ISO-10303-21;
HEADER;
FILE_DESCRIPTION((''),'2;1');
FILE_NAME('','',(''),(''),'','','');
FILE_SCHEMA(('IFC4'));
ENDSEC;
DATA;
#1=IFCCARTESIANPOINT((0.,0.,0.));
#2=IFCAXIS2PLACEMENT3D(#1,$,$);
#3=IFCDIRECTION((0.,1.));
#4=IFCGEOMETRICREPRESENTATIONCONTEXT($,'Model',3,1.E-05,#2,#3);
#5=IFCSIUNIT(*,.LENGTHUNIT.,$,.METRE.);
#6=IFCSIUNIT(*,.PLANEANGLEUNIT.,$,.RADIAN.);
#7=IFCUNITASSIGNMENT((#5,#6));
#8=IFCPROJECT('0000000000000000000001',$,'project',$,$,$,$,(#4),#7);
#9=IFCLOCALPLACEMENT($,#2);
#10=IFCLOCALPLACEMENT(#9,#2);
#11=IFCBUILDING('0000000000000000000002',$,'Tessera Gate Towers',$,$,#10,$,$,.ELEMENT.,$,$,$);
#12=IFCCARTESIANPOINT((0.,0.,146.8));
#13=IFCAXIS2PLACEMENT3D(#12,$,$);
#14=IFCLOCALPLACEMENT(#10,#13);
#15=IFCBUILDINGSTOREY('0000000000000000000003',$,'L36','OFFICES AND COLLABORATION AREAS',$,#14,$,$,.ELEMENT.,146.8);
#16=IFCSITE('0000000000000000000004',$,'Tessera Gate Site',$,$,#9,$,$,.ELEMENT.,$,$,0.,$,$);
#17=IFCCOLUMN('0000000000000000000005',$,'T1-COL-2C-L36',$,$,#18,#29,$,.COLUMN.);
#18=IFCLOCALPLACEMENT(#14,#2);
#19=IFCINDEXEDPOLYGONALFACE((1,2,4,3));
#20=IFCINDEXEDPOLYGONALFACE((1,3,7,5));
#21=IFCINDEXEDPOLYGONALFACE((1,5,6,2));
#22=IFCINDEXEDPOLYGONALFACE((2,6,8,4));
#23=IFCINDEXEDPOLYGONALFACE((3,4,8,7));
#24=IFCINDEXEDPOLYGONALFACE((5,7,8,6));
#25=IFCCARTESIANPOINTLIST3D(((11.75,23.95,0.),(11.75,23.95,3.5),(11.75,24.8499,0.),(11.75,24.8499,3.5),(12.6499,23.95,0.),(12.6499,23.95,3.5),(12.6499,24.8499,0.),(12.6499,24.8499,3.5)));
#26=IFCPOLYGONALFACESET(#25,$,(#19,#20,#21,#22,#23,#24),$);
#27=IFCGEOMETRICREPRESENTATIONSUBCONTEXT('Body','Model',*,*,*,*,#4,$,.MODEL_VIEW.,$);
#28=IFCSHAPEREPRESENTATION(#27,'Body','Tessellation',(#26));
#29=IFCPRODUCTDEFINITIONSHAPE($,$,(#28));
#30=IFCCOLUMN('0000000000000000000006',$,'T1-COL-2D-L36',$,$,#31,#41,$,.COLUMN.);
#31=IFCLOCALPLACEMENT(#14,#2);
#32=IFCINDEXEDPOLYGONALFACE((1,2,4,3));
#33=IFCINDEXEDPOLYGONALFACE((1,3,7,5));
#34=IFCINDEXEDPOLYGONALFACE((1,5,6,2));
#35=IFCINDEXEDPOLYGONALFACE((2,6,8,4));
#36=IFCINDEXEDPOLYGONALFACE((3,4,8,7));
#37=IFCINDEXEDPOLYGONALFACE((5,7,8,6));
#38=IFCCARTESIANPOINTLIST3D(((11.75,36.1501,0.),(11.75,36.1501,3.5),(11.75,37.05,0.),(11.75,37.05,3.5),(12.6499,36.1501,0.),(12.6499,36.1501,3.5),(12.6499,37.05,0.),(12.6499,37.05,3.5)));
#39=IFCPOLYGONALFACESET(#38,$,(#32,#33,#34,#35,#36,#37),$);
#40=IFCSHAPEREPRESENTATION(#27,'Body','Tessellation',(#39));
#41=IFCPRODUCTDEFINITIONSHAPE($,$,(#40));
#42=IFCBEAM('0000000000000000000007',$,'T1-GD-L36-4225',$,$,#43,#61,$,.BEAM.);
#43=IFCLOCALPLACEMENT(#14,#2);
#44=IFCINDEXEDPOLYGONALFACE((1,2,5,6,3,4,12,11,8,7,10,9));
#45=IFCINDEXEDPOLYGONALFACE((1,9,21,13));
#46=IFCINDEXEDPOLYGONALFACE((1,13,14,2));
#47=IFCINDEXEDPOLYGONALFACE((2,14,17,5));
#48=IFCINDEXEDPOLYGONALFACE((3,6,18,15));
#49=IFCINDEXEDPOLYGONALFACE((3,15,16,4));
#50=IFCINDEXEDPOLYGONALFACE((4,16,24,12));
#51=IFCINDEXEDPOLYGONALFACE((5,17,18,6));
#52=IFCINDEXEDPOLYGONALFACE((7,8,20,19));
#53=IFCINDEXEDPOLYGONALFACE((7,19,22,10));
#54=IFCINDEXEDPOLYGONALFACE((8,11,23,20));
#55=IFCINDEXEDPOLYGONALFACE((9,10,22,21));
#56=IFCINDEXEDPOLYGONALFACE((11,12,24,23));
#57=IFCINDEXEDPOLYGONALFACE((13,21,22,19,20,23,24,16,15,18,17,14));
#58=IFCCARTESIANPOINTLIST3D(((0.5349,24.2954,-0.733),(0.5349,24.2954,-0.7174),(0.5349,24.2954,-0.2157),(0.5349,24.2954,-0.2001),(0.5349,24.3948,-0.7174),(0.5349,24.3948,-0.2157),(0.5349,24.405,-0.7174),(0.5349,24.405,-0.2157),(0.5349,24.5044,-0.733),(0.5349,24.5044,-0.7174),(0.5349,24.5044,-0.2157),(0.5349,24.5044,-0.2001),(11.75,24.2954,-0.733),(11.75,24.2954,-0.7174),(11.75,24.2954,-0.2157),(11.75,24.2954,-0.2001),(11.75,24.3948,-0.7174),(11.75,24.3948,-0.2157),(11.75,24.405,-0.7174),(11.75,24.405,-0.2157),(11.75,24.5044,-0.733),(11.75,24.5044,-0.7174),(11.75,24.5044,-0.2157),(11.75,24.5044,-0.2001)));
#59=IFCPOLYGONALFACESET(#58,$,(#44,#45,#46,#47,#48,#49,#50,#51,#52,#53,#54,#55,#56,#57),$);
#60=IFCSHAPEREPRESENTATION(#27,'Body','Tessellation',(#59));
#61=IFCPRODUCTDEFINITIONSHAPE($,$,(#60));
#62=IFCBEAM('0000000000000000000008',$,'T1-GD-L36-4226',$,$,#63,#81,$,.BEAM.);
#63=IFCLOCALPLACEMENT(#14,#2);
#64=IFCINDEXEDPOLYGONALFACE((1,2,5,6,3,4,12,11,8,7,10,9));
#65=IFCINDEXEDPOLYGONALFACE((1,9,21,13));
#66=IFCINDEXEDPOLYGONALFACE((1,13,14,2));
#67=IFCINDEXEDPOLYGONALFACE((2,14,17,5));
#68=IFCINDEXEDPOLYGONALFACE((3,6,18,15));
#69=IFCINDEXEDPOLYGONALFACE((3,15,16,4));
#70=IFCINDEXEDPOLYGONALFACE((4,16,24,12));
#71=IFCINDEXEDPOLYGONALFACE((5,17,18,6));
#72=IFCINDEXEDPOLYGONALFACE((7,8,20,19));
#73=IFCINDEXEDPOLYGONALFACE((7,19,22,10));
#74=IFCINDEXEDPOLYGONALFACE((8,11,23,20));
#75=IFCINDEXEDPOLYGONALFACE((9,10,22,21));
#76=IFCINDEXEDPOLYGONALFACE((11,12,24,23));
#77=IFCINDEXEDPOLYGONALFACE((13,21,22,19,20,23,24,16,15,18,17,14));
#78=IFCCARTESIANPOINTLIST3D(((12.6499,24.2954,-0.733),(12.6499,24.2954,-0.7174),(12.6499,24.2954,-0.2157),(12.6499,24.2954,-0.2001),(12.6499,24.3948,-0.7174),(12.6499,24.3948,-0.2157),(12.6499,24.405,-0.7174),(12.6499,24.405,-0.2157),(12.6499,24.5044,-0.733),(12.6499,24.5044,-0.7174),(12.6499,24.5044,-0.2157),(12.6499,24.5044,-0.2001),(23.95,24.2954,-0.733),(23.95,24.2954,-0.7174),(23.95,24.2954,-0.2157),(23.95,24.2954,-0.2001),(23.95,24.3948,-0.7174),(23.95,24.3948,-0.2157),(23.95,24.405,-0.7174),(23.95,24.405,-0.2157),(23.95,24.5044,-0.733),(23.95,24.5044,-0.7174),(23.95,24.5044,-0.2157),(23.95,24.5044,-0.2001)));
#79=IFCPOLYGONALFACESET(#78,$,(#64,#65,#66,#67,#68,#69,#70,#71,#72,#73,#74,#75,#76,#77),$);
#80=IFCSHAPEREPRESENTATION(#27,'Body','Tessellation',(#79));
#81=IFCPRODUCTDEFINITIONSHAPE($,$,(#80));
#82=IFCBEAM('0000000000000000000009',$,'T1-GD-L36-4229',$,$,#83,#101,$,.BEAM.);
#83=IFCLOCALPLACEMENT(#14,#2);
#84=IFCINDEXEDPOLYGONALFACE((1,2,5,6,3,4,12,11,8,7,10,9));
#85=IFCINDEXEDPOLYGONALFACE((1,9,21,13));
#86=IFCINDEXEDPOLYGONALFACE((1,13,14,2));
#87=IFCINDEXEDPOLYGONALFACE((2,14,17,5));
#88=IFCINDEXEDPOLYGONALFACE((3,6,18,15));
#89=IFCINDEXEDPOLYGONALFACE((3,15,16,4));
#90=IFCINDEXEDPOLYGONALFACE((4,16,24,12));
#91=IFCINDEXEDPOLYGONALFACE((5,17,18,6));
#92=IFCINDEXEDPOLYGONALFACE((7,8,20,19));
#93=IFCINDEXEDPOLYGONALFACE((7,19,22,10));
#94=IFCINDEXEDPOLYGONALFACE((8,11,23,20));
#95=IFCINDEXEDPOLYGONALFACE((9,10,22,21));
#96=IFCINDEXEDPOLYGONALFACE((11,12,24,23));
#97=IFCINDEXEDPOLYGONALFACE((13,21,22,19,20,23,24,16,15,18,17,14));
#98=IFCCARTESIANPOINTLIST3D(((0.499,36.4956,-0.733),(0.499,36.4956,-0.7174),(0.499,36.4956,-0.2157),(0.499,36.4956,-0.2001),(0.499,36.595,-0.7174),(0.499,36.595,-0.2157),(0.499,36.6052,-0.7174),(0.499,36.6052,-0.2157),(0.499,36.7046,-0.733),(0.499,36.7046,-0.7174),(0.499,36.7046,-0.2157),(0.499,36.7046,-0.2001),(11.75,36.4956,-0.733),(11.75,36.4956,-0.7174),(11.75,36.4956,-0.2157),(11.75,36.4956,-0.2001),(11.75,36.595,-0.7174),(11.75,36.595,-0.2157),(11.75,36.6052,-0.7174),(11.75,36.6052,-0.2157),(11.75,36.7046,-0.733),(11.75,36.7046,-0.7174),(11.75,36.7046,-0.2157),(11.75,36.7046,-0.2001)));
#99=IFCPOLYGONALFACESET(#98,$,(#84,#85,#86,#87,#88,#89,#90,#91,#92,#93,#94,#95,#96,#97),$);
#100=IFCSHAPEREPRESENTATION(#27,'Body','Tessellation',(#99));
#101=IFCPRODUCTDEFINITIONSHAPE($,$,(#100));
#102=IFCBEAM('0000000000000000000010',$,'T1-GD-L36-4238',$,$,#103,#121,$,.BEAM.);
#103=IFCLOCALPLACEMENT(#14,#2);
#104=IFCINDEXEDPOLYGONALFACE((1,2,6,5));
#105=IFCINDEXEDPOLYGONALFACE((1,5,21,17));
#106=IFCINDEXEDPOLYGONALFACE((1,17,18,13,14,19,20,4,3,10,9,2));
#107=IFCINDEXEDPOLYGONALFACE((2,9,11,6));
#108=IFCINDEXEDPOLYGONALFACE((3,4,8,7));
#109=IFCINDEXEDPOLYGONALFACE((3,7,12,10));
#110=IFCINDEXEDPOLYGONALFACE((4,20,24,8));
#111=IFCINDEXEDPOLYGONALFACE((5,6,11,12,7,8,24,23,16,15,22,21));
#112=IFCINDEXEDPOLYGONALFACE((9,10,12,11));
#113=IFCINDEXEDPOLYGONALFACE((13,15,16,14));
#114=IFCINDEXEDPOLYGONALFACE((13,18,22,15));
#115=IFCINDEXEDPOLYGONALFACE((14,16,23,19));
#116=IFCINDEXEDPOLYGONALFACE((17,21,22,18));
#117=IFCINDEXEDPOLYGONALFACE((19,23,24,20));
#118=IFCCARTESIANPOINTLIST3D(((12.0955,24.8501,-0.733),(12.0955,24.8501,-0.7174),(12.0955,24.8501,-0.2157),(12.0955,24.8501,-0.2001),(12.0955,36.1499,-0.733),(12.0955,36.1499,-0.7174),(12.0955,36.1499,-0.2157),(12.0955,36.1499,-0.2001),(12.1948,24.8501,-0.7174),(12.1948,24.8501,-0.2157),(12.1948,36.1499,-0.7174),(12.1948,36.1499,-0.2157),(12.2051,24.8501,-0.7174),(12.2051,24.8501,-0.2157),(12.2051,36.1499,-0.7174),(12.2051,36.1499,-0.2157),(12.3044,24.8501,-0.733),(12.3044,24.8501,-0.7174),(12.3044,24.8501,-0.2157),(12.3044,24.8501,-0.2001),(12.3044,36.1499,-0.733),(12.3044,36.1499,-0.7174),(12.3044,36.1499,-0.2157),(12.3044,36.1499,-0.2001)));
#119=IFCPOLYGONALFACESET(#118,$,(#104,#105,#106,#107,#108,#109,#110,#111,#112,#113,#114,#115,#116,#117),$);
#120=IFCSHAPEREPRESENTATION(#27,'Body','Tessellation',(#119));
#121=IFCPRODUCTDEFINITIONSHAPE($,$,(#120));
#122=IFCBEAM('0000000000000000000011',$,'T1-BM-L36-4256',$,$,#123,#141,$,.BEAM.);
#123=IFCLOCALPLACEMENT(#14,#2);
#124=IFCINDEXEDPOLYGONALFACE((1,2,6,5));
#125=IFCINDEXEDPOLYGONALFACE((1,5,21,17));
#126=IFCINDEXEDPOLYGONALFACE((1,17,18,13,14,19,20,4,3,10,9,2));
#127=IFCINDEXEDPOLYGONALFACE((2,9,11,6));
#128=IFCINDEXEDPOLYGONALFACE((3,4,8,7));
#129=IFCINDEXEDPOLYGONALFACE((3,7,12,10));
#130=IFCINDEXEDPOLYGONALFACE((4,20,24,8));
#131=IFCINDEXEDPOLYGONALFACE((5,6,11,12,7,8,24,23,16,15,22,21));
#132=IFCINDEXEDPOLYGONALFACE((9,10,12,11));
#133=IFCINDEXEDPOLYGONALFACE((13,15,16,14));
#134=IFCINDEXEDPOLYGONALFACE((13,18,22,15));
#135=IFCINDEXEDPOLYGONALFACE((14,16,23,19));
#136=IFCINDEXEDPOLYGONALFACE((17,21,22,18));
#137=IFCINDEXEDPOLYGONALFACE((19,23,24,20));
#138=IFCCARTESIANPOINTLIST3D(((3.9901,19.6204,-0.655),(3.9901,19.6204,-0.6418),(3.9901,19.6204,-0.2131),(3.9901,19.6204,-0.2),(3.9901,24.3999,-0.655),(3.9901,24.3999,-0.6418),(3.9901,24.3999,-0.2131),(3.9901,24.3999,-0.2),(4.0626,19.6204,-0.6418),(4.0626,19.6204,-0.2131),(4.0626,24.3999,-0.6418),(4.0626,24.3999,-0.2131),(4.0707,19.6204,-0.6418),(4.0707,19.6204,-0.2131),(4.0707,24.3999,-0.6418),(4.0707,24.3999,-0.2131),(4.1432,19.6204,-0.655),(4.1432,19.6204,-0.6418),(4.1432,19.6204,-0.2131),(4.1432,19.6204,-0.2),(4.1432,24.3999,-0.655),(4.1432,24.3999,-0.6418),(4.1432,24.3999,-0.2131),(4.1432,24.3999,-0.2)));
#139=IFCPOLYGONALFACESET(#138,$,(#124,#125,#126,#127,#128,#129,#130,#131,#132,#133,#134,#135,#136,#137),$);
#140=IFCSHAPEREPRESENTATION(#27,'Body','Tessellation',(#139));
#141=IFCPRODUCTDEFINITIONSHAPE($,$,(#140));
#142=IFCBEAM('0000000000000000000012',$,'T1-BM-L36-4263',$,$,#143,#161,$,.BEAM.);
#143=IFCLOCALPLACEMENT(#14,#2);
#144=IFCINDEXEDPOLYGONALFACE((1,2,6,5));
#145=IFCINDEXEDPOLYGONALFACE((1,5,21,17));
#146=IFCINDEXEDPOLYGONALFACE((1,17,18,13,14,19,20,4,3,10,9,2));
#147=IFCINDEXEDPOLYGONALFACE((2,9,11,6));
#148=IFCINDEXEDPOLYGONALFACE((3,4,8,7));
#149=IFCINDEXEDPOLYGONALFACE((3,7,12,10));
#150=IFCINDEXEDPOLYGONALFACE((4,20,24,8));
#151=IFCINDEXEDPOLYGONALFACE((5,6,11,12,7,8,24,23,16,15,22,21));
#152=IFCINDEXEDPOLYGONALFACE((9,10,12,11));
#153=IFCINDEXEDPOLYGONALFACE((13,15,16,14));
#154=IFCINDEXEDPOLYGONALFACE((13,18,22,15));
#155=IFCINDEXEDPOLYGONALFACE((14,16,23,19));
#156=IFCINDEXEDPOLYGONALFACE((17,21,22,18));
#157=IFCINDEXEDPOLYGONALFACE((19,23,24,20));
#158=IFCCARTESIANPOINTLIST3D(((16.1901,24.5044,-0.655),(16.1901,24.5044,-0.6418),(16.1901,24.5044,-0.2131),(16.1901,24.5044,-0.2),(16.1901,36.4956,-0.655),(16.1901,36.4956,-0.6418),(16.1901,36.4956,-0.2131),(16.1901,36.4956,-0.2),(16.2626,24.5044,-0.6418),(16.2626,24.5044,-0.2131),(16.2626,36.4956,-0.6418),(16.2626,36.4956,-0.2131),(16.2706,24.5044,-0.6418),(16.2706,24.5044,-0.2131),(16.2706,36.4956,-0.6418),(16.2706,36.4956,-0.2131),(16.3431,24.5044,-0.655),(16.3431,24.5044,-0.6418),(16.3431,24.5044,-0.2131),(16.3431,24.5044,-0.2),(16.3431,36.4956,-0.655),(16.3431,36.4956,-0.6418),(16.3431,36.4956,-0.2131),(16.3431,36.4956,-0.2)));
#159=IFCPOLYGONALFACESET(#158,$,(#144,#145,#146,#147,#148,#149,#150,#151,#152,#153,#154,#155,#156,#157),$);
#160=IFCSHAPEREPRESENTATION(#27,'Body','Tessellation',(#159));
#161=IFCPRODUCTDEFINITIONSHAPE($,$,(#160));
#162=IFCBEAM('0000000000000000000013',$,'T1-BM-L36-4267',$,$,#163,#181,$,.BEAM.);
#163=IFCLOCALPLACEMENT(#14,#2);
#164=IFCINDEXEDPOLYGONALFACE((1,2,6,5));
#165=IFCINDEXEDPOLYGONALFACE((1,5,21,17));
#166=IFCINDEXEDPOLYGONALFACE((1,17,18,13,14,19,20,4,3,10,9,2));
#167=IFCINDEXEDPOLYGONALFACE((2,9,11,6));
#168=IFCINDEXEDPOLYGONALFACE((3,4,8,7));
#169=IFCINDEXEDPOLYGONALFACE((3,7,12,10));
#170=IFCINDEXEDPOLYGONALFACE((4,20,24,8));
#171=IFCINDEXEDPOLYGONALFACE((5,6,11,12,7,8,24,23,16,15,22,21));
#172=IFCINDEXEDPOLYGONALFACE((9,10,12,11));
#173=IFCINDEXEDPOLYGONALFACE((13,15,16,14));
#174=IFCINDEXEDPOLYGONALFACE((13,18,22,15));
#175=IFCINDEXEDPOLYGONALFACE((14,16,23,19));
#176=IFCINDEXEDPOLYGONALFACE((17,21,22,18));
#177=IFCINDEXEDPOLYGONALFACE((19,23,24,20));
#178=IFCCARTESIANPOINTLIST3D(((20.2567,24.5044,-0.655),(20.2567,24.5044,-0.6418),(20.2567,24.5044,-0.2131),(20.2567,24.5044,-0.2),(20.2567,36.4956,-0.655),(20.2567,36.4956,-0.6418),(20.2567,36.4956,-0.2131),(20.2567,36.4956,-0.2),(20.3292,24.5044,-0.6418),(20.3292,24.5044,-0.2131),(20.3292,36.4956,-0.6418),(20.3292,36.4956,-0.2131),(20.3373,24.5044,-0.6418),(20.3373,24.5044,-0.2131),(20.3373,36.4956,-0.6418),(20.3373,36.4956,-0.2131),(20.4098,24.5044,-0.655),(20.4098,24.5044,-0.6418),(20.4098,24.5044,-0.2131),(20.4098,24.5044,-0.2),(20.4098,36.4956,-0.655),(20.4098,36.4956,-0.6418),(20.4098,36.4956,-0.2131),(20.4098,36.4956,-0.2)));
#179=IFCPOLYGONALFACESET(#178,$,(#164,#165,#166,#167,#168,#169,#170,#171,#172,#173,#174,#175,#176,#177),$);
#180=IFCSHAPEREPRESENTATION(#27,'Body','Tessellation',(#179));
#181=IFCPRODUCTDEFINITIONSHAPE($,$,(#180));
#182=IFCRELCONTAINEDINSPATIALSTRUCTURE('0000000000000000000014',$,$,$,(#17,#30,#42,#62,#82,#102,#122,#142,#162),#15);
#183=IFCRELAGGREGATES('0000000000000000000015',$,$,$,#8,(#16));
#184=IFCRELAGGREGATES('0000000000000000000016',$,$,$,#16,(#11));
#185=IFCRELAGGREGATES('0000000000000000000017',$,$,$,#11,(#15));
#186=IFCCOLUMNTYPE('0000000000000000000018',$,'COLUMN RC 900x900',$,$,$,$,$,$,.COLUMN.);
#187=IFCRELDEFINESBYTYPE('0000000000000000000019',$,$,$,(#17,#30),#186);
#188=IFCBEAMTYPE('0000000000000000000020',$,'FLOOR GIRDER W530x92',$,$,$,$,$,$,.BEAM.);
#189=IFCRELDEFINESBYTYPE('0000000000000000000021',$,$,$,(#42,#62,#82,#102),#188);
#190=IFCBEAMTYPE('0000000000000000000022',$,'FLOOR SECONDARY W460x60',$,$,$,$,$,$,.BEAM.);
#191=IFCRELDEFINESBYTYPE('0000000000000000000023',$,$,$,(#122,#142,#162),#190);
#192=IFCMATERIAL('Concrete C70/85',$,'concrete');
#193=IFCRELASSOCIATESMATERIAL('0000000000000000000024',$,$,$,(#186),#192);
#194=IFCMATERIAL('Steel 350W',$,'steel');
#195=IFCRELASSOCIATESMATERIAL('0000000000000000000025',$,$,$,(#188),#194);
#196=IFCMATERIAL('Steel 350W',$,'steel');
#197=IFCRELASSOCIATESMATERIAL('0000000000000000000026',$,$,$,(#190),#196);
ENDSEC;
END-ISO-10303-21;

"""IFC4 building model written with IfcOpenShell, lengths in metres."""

from ifc_helpers import new_model, si_unit, direction, frame, origin, origin_2d, place, context, subcontext, project, spatial, rectangle, i_section, extrude, material, material_profile, profile_set, type_object, element, save


model = new_model("IFC4")

# Units and contexts
model_context = context("Model", 3, precision=1e-05, world=origin(), true_north=direction((0.0, 1.0)))
body_context = subcontext(model_context, "Body", "Model", "MODEL_VIEW")
ifc_project = project(units=[si_unit("LENGTHUNIT", "METRE"), si_unit("PLANEANGLEUNIT", "RADIAN")], contexts=[model_context])

# Site, building, storey
site_placement = place(None, origin())
site = spatial("IfcSite", under=ifc_project, at=site_placement, Name="Tessera Gate Site", CompositionType="ELEMENT", RefElevation=0.0)
building_placement = place(site_placement, origin())
building = spatial("IfcBuilding", under=site, at=building_placement, Name="Tessera Gate Towers", CompositionType="ELEMENT")
storey_placement = place(building_placement, frame((0.0, 0.0, 146.8)))
storey = spatial("IfcBuildingStorey", under=building, at=storey_placement, Name="L36", Description="OFFICES AND COLLABORATION AREAS", CompositionType="ELEMENT", Elevation=146.8)

# Columns
ifc_material_1 = material(Name="Concrete C70/85", Category="concrete")
ifc_material_profile_1 = material_profile(ifc_material_1, rectangle(XDim=0.8999, YDim=0.8999, at=origin_2d()), Name="RC 900x900")
ifc_profile_set_1 = profile_set([ifc_material_profile_1], Name="Concrete C70/85")
column_type = type_object("IfcColumnType", Name="COLUMN RC 900x900", PredefinedType="COLUMN", material=ifc_profile_set_1)
for number, where, z_axis, x_axis, name in (
    (1, (12.2, 24.3999, 0.0), (0.0, 0.0, 1.0), (1.0, 0.0, 0.0), "T1-COL-2C-L36"),
    (2, (12.2, 36.6001, 0.0), (0.0, 0.0, 1.0), (1.0, 0.0, 0.0), "T1-COL-2D-L36"),
):
    element("IfcColumn", number, at=place(storey_placement, frame(where, z_axis=z_axis, x_axis=x_axis)), inside=storey, type_object=column_type, Name=name, PredefinedType="COLUMN", context=body_context, shape_type="SweptSolid", body=[
        extrude(rectangle(XDim=0.8999, YDim=0.8999, at=origin_2d()), origin(), (0.0, 0.0, 1.0), 3.5),
    ])

# Beams
ifc_material_2 = material(Name="Steel 350W", Category="steel")
ifc_material_profile_2 = material_profile(ifc_material_2, i_section(OverallWidth=0.209, OverallDepth=0.533, WebThickness=0.0103, FlangeThickness=0.0156, at=origin_2d()), Name="W530x92")
ifc_profile_set_2 = profile_set([ifc_material_profile_2], Name="Steel 350W")
beam_type_1 = type_object("IfcBeamType", Name="FLOOR GIRDER W530x92", PredefinedType="BEAM", material=ifc_profile_set_2)
beam_1_placement = place(storey_placement, frame((0.5349, 24.3999, -0.4666), z_axis=(1.0, 0.0, 0.0), x_axis=(0.0, 1.0, 0.0)))
element("IfcBeam", 3, at=beam_1_placement, inside=storey, type_object=beam_type_1, Name="T1-GD-L36-4225", PredefinedType="BEAM", context=body_context, shape_type="SweptSolid", body=[
    extrude(i_section(OverallWidth=0.209, OverallDepth=0.533, WebThickness=0.0103, FlangeThickness=0.0156, at=origin_2d()), origin(), (0.0, 0.0, 1.0), 11.2151),
])
beam_2_placement = place(storey_placement, frame((12.6499, 24.3999, -0.4666), z_axis=(1.0, 0.0, 0.0), x_axis=(0.0, 1.0, 0.0)))
element("IfcBeam", 4, at=beam_2_placement, inside=storey, type_object=beam_type_1, Name="T1-GD-L36-4226", PredefinedType="BEAM", context=body_context, shape_type="SweptSolid", body=[
    extrude(i_section(OverallWidth=0.209, OverallDepth=0.533, WebThickness=0.0103, FlangeThickness=0.0156, at=origin_2d()), origin(), (0.0, 0.0, 1.0), 11.3),
])
beam_3_placement = place(storey_placement, frame((0.499, 36.6001, -0.4666), z_axis=(1.0, 0.0, 0.0), x_axis=(0.0, 1.0, 0.0)))
element("IfcBeam", 5, at=beam_3_placement, inside=storey, type_object=beam_type_1, Name="T1-GD-L36-4229", PredefinedType="BEAM", context=body_context, shape_type="SweptSolid", body=[
    extrude(i_section(OverallWidth=0.209, OverallDepth=0.533, WebThickness=0.0103, FlangeThickness=0.0156, at=origin_2d()), origin(), (0.0, 0.0, 1.0), 11.251),
])
beam_4_placement = place(storey_placement, frame((12.2, 24.8501, -0.4666), z_axis=(0.0, 1.0, 0.0), x_axis=(-1.0, 0.0, 0.0)))
element("IfcBeam", 6, at=beam_4_placement, inside=storey, type_object=beam_type_1, Name="T1-GD-L36-4238", PredefinedType="BEAM", context=body_context, shape_type="SweptSolid", body=[
    extrude(i_section(OverallWidth=0.209, OverallDepth=0.533, WebThickness=0.0103, FlangeThickness=0.0156, at=origin_2d()), origin(), (0.0, 0.0, 1.0), 11.2998),
])
ifc_material_3 = material(Name="Steel 350W", Category="steel")
ifc_material_profile_3 = material_profile(ifc_material_3, i_section(OverallWidth=0.1531, OverallDepth=0.4551, WebThickness=0.0081, FlangeThickness=0.0132, at=origin_2d()), Name="W460x60")
ifc_profile_set_3 = profile_set([ifc_material_profile_3], Name="Steel 350W")
beam_type_2 = type_object("IfcBeamType", Name="FLOOR SECONDARY W460x60", PredefinedType="BEAM", material=ifc_profile_set_3)
beam_5_placement = place(storey_placement, frame((4.0667, 19.6204, -0.4275), z_axis=(0.0, 1.0, 0.0), x_axis=(-1.0, 0.0, 0.0)))
element("IfcBeam", 7, at=beam_5_placement, inside=storey, type_object=beam_type_2, Name="T1-BM-L36-4256", PredefinedType="BEAM", context=body_context, shape_type="SweptSolid", body=[
    extrude(i_section(OverallWidth=0.1531, OverallDepth=0.4551, WebThickness=0.0081, FlangeThickness=0.0132, at=origin_2d()), origin(), (0.0, 0.0, 1.0), 4.7795),
])
for number, where, z_axis, x_axis, name in (
    (8, (16.2666, 24.5044, -0.4275), (0.0, 1.0, 0.0), (-1.0, 0.0, 0.0), "T1-BM-L36-4263"),
    (9, (20.3333, 24.5044, -0.4275), (0.0, 1.0, 0.0), (-1.0, 0.0, 0.0), "T1-BM-L36-4267"),
):
    element("IfcBeam", number, at=place(storey_placement, frame(where, z_axis=z_axis, x_axis=x_axis)), inside=storey, type_object=beam_type_2, Name=name, PredefinedType="BEAM", context=body_context, shape_type="SweptSolid", body=[
        extrude(i_section(OverallWidth=0.1531, OverallDepth=0.4551, WebThickness=0.0081, FlangeThickness=0.0132, at=origin_2d()), origin(), (0.0, 0.0, 1.0), 11.9912),
    ])

save(model, "model.ifc")
